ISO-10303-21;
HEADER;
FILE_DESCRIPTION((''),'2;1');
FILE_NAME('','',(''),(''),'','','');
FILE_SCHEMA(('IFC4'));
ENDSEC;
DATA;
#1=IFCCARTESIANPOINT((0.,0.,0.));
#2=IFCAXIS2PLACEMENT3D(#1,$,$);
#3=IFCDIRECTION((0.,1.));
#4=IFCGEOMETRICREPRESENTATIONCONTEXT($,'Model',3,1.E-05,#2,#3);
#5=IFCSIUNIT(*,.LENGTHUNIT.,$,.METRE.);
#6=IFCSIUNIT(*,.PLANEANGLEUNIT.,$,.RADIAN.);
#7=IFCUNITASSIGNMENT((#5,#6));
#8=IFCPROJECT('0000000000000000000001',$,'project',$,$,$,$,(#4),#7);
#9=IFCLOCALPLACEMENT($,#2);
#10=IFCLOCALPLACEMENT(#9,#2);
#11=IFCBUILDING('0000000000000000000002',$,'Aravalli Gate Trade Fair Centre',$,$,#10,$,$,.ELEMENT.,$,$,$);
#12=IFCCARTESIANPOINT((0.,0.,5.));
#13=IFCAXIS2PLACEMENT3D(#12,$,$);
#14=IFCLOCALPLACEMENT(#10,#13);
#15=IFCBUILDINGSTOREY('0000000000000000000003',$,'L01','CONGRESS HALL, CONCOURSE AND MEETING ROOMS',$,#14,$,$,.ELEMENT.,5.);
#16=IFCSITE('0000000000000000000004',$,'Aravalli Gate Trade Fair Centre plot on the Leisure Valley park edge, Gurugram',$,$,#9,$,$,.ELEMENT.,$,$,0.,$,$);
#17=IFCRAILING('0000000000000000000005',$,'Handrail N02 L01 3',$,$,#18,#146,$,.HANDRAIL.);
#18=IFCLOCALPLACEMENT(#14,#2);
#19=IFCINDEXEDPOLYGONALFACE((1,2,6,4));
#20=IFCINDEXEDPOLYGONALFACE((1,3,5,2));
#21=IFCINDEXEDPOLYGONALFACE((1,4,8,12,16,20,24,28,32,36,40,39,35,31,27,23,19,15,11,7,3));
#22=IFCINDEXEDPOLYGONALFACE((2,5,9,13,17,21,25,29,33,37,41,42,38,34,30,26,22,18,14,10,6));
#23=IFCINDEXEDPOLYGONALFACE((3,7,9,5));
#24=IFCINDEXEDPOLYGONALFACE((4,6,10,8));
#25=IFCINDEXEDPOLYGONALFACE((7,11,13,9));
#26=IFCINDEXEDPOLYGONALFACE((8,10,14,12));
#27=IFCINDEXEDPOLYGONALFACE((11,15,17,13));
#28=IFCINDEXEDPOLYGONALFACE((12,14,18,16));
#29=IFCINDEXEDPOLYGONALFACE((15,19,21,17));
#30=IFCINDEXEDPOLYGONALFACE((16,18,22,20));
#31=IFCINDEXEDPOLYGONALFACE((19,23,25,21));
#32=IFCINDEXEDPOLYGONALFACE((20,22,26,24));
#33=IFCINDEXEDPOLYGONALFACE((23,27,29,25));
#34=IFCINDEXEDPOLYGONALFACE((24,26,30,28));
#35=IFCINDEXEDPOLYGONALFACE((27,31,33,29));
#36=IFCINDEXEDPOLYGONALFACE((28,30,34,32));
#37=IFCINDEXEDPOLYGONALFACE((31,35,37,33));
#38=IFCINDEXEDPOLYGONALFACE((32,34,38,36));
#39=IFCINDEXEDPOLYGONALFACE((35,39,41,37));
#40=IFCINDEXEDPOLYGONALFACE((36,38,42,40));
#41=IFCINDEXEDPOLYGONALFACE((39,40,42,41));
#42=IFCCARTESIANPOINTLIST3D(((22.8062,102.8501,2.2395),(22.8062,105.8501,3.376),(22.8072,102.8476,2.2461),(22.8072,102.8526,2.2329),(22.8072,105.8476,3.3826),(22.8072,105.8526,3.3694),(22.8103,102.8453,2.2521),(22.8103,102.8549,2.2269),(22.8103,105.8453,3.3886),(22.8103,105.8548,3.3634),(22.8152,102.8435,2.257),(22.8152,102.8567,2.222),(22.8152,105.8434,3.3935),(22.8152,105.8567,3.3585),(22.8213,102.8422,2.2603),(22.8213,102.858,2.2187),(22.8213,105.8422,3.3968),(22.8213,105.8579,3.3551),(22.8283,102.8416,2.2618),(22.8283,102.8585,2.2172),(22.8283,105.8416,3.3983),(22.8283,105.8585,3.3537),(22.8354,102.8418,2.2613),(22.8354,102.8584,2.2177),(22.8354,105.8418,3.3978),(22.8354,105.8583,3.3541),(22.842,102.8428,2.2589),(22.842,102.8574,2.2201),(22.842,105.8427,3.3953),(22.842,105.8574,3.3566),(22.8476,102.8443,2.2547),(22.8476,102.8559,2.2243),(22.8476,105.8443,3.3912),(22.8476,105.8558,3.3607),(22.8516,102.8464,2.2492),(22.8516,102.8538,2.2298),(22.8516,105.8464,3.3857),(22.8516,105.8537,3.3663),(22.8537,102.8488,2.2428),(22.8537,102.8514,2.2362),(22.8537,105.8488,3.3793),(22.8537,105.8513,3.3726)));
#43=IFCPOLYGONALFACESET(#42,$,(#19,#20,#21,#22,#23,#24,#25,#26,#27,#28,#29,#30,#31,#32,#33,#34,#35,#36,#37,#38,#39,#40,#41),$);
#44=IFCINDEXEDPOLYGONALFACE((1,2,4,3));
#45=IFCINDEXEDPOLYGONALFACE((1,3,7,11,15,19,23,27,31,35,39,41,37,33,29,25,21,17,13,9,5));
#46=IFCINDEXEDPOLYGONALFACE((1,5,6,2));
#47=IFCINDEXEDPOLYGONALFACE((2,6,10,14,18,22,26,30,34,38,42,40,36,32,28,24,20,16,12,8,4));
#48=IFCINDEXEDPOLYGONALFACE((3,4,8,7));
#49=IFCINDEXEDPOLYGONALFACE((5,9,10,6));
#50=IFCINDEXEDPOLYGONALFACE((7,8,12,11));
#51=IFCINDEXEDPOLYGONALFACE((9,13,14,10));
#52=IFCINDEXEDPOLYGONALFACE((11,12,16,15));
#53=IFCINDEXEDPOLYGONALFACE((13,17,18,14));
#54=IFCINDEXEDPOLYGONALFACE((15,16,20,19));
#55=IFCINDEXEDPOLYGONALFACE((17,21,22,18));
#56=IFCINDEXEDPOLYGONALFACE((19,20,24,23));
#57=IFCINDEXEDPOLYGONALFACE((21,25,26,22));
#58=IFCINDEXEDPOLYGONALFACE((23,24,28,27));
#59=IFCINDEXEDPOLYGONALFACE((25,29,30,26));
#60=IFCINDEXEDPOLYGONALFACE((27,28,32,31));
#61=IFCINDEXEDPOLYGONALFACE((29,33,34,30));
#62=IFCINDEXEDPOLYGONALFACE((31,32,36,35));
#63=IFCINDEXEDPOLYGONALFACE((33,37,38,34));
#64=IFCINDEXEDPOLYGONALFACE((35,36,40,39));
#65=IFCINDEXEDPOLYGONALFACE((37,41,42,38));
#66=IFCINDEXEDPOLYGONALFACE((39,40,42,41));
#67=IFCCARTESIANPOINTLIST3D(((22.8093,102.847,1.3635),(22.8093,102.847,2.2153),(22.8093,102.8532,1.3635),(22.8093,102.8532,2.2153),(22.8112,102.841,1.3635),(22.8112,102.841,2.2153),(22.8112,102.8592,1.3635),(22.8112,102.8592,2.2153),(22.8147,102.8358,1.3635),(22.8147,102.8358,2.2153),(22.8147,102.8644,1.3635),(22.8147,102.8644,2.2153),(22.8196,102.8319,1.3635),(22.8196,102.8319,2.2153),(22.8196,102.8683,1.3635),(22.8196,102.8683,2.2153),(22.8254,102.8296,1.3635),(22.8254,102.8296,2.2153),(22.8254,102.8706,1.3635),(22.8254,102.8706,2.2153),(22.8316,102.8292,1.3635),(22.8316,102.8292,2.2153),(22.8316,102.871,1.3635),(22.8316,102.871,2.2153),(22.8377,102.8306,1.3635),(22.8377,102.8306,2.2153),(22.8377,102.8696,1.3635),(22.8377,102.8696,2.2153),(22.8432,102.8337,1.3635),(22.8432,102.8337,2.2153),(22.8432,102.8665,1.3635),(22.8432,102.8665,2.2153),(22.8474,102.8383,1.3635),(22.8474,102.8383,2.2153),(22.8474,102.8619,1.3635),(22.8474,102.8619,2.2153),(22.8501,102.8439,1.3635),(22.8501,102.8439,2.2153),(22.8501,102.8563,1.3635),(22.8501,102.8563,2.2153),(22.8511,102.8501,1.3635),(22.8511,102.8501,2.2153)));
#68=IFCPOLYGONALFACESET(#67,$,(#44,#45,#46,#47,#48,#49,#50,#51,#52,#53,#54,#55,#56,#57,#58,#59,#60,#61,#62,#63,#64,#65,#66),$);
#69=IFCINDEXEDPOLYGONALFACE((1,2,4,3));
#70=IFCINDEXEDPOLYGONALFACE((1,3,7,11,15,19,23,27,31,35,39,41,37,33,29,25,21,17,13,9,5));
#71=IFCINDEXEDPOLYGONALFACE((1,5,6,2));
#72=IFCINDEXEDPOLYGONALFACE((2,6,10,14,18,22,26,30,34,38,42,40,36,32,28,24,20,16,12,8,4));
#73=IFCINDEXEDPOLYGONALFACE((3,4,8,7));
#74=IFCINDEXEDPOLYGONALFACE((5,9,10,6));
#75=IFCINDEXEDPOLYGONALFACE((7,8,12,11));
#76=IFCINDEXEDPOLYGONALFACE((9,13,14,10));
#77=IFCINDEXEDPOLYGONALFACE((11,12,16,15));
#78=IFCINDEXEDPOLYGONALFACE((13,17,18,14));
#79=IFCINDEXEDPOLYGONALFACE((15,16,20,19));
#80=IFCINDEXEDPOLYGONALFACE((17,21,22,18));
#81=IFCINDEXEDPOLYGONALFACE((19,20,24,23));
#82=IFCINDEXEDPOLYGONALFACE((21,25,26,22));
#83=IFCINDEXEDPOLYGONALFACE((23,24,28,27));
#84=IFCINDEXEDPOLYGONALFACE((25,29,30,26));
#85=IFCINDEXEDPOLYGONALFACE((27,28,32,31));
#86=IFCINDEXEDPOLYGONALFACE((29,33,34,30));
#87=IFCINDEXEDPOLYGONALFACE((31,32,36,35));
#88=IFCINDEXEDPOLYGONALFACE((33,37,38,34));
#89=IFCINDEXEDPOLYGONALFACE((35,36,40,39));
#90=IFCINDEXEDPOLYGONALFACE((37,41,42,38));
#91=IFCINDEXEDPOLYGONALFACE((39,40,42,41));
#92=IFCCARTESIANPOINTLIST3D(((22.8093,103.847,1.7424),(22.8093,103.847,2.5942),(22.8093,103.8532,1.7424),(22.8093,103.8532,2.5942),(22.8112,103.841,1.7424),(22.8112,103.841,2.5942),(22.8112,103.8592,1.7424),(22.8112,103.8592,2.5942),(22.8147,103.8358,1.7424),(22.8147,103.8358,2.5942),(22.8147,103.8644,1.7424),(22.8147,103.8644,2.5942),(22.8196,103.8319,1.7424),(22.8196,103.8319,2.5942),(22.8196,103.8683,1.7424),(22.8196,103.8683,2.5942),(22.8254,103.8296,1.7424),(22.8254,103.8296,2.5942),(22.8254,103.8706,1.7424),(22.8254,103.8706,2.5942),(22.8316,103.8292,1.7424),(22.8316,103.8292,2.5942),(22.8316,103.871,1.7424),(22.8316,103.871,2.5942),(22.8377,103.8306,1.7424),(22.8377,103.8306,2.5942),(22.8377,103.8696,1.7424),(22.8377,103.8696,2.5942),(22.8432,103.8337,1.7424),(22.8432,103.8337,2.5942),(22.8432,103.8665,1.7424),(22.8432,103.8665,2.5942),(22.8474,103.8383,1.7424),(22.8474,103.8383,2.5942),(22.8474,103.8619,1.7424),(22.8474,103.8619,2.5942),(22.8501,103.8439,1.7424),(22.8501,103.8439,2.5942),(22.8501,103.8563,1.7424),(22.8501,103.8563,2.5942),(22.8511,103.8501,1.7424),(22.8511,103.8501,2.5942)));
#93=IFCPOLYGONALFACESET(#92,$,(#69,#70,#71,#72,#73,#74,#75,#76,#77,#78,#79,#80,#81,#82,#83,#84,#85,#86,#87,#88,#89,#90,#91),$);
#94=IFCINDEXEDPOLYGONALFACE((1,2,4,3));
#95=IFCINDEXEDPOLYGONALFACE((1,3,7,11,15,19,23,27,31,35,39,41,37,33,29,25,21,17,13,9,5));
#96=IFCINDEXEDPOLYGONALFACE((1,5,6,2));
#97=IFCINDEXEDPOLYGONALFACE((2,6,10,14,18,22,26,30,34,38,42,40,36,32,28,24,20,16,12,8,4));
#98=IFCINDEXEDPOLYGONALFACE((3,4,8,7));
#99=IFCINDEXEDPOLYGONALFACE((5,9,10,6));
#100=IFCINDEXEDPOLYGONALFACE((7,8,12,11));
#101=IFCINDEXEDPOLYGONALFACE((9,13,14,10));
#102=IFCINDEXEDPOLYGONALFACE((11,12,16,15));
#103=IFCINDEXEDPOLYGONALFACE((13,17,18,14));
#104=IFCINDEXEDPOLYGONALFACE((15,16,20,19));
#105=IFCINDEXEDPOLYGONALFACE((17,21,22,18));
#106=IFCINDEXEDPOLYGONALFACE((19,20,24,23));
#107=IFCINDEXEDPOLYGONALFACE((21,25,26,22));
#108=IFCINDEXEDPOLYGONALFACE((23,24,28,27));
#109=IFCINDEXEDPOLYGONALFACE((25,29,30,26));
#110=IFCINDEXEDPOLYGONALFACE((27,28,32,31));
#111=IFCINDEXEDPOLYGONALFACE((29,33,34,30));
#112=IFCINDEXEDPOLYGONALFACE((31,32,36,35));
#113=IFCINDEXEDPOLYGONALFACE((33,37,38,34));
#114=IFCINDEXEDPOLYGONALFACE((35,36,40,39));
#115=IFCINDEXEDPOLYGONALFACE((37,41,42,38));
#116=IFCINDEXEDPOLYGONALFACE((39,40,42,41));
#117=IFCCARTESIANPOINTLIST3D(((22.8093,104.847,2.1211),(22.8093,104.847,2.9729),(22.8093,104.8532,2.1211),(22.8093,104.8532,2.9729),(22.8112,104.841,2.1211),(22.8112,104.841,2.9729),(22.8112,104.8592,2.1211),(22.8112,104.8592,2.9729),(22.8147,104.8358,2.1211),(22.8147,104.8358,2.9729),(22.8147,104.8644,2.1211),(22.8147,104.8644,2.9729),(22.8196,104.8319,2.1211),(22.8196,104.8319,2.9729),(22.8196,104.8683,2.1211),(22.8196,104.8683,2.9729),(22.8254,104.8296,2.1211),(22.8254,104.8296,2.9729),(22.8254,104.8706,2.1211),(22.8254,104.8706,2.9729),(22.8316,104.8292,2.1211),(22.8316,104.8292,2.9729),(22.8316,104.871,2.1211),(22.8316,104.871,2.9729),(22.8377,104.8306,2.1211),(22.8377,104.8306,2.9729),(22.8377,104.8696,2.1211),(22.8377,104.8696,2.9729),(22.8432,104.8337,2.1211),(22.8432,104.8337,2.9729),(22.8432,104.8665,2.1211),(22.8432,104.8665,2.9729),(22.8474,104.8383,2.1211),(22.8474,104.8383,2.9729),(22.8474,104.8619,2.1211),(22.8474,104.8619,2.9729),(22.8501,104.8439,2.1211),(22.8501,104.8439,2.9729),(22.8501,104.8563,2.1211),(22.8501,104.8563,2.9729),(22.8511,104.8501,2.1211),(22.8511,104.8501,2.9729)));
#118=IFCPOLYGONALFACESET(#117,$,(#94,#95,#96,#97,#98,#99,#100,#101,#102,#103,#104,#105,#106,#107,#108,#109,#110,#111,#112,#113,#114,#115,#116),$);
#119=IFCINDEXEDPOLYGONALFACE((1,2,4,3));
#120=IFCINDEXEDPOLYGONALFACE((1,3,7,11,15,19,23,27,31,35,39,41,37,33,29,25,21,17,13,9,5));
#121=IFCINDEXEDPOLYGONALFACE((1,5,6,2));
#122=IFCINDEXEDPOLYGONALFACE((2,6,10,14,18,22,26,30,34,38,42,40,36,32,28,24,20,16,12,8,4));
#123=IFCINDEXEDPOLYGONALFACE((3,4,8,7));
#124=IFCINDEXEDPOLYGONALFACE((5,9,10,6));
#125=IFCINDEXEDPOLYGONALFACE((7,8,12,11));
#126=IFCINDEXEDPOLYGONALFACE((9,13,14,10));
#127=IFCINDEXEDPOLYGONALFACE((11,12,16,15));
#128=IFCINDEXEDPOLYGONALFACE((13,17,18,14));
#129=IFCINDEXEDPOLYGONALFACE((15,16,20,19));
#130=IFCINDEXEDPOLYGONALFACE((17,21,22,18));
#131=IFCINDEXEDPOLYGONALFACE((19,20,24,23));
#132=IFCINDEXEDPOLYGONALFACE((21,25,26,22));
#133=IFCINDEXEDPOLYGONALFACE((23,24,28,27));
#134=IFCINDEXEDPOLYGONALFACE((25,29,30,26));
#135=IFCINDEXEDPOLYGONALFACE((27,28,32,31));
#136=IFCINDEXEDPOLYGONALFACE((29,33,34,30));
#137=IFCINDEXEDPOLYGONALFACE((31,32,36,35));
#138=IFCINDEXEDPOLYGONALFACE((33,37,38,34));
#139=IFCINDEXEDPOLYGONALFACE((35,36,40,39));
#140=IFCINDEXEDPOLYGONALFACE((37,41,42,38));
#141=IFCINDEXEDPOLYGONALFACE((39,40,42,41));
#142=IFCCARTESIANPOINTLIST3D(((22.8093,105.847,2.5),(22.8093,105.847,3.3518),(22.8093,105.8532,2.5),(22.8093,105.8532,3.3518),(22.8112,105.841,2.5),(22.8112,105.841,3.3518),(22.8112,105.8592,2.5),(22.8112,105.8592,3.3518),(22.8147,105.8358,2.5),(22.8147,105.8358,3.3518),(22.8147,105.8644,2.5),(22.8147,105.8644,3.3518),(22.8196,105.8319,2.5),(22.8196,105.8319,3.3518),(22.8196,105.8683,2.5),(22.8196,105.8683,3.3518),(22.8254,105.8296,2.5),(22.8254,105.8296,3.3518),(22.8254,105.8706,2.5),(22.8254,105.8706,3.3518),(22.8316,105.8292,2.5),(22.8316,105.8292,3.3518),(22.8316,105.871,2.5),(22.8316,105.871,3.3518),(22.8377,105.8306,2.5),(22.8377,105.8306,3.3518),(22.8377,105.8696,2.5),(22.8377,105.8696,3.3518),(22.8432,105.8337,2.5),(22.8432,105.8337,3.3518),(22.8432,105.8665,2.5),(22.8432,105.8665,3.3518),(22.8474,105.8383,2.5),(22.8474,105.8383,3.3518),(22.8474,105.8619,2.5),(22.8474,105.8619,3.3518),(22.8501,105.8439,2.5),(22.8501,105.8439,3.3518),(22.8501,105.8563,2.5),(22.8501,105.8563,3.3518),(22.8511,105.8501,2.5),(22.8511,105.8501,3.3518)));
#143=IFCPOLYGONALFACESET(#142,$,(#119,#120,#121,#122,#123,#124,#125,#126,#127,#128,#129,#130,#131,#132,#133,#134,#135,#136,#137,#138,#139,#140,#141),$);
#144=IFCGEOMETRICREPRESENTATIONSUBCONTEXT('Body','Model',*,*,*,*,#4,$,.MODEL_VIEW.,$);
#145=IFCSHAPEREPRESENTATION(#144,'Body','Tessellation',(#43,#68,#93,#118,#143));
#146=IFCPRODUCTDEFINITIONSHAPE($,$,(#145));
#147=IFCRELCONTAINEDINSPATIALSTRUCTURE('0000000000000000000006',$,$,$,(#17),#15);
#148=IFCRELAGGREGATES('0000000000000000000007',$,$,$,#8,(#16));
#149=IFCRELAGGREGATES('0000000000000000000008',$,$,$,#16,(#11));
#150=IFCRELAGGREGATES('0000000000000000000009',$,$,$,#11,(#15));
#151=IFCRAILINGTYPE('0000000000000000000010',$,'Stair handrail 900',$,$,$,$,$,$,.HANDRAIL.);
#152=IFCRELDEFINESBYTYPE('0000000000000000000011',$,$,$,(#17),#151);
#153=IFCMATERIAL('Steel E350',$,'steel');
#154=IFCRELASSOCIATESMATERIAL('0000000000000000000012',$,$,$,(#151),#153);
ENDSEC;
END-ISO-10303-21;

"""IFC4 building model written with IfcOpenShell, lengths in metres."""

from ifc_helpers import new_model, si_unit, direction, frame, origin, origin_2d, place, context, subcontext, project, spatial, circle, extrude, material, type_object, element, save


model = new_model("IFC4")

# Units and contexts
model_context = context("Model", 3, precision=1e-05, world=origin(), true_north=direction((0.0, 1.0)))
body_context = subcontext(model_context, "Body", "Model", "MODEL_VIEW")
ifc_project = project(units=[si_unit("LENGTHUNIT", "METRE"), si_unit("PLANEANGLEUNIT", "RADIAN")], contexts=[model_context])

# Site, building, storey
site_placement = place(None, origin())
site = spatial("IfcSite", under=ifc_project, at=site_placement, Name="Aravalli Gate Trade Fair Centre plot on the Leisure Valley park edge, Gurugram", CompositionType="ELEMENT", RefElevation=0.0)
building_placement = place(site_placement, origin())
building = spatial("IfcBuilding", under=site, at=building_placement, Name="Aravalli Gate Trade Fair Centre", CompositionType="ELEMENT")
storey_placement = place(building_placement, frame((0.0, 0.0, 5.0)))
storey = spatial("IfcBuildingStorey", under=building, at=storey_placement, Name="L01", Description="CONGRESS HALL, CONCOURSE AND MEETING ROOMS", CompositionType="ELEMENT", Elevation=5.0)

# Railing
ifc_material_1 = material(Name="Steel E350", Category="steel")
railing_type = type_object("IfcRailingType", Name="Stair handrail 900", PredefinedType="HANDRAIL", material=ifc_material_1)
for number, where, name in (
    (1, (22.8301, 102.8501, 1.3635), "Handrail N02 L01 3"),
):
    element("IfcRailing", number, at=place(storey_placement, frame(where)), inside=storey, type_object=railing_type, Name=name, PredefinedType="HANDRAIL", context=body_context, shape_type="SweptSolid", body=[
        extrude(circle(Radius=0.0239, at=origin_2d()), frame((0.0, 0.0, 0.876), z_axis=(0.0, 0.935148, 0.354257), x_axis=(-1.0, 0.0, 0.0)), (0.0, 0.0, 1.0), 3.208),
        extrude(circle(Radius=0.021, at=origin_2d()), origin(), (0.0, 0.0, 1.0), 0.8518),
        extrude(circle(Radius=0.021, at=origin_2d()), frame((0.0, 1.0, 0.3789)), (0.0, 0.0, 1.0), 0.8518),
        extrude(circle(Radius=0.021, at=origin_2d()), frame((0.0, 2.0, 0.7576)), (0.0, 0.0, 1.0), 0.8518),
        extrude(circle(Radius=0.021, at=origin_2d()), frame((0.0, 3.0, 1.1365)), (0.0, 0.0, 1.0), 0.8518),
    ])

save(model, "model.ifc")
